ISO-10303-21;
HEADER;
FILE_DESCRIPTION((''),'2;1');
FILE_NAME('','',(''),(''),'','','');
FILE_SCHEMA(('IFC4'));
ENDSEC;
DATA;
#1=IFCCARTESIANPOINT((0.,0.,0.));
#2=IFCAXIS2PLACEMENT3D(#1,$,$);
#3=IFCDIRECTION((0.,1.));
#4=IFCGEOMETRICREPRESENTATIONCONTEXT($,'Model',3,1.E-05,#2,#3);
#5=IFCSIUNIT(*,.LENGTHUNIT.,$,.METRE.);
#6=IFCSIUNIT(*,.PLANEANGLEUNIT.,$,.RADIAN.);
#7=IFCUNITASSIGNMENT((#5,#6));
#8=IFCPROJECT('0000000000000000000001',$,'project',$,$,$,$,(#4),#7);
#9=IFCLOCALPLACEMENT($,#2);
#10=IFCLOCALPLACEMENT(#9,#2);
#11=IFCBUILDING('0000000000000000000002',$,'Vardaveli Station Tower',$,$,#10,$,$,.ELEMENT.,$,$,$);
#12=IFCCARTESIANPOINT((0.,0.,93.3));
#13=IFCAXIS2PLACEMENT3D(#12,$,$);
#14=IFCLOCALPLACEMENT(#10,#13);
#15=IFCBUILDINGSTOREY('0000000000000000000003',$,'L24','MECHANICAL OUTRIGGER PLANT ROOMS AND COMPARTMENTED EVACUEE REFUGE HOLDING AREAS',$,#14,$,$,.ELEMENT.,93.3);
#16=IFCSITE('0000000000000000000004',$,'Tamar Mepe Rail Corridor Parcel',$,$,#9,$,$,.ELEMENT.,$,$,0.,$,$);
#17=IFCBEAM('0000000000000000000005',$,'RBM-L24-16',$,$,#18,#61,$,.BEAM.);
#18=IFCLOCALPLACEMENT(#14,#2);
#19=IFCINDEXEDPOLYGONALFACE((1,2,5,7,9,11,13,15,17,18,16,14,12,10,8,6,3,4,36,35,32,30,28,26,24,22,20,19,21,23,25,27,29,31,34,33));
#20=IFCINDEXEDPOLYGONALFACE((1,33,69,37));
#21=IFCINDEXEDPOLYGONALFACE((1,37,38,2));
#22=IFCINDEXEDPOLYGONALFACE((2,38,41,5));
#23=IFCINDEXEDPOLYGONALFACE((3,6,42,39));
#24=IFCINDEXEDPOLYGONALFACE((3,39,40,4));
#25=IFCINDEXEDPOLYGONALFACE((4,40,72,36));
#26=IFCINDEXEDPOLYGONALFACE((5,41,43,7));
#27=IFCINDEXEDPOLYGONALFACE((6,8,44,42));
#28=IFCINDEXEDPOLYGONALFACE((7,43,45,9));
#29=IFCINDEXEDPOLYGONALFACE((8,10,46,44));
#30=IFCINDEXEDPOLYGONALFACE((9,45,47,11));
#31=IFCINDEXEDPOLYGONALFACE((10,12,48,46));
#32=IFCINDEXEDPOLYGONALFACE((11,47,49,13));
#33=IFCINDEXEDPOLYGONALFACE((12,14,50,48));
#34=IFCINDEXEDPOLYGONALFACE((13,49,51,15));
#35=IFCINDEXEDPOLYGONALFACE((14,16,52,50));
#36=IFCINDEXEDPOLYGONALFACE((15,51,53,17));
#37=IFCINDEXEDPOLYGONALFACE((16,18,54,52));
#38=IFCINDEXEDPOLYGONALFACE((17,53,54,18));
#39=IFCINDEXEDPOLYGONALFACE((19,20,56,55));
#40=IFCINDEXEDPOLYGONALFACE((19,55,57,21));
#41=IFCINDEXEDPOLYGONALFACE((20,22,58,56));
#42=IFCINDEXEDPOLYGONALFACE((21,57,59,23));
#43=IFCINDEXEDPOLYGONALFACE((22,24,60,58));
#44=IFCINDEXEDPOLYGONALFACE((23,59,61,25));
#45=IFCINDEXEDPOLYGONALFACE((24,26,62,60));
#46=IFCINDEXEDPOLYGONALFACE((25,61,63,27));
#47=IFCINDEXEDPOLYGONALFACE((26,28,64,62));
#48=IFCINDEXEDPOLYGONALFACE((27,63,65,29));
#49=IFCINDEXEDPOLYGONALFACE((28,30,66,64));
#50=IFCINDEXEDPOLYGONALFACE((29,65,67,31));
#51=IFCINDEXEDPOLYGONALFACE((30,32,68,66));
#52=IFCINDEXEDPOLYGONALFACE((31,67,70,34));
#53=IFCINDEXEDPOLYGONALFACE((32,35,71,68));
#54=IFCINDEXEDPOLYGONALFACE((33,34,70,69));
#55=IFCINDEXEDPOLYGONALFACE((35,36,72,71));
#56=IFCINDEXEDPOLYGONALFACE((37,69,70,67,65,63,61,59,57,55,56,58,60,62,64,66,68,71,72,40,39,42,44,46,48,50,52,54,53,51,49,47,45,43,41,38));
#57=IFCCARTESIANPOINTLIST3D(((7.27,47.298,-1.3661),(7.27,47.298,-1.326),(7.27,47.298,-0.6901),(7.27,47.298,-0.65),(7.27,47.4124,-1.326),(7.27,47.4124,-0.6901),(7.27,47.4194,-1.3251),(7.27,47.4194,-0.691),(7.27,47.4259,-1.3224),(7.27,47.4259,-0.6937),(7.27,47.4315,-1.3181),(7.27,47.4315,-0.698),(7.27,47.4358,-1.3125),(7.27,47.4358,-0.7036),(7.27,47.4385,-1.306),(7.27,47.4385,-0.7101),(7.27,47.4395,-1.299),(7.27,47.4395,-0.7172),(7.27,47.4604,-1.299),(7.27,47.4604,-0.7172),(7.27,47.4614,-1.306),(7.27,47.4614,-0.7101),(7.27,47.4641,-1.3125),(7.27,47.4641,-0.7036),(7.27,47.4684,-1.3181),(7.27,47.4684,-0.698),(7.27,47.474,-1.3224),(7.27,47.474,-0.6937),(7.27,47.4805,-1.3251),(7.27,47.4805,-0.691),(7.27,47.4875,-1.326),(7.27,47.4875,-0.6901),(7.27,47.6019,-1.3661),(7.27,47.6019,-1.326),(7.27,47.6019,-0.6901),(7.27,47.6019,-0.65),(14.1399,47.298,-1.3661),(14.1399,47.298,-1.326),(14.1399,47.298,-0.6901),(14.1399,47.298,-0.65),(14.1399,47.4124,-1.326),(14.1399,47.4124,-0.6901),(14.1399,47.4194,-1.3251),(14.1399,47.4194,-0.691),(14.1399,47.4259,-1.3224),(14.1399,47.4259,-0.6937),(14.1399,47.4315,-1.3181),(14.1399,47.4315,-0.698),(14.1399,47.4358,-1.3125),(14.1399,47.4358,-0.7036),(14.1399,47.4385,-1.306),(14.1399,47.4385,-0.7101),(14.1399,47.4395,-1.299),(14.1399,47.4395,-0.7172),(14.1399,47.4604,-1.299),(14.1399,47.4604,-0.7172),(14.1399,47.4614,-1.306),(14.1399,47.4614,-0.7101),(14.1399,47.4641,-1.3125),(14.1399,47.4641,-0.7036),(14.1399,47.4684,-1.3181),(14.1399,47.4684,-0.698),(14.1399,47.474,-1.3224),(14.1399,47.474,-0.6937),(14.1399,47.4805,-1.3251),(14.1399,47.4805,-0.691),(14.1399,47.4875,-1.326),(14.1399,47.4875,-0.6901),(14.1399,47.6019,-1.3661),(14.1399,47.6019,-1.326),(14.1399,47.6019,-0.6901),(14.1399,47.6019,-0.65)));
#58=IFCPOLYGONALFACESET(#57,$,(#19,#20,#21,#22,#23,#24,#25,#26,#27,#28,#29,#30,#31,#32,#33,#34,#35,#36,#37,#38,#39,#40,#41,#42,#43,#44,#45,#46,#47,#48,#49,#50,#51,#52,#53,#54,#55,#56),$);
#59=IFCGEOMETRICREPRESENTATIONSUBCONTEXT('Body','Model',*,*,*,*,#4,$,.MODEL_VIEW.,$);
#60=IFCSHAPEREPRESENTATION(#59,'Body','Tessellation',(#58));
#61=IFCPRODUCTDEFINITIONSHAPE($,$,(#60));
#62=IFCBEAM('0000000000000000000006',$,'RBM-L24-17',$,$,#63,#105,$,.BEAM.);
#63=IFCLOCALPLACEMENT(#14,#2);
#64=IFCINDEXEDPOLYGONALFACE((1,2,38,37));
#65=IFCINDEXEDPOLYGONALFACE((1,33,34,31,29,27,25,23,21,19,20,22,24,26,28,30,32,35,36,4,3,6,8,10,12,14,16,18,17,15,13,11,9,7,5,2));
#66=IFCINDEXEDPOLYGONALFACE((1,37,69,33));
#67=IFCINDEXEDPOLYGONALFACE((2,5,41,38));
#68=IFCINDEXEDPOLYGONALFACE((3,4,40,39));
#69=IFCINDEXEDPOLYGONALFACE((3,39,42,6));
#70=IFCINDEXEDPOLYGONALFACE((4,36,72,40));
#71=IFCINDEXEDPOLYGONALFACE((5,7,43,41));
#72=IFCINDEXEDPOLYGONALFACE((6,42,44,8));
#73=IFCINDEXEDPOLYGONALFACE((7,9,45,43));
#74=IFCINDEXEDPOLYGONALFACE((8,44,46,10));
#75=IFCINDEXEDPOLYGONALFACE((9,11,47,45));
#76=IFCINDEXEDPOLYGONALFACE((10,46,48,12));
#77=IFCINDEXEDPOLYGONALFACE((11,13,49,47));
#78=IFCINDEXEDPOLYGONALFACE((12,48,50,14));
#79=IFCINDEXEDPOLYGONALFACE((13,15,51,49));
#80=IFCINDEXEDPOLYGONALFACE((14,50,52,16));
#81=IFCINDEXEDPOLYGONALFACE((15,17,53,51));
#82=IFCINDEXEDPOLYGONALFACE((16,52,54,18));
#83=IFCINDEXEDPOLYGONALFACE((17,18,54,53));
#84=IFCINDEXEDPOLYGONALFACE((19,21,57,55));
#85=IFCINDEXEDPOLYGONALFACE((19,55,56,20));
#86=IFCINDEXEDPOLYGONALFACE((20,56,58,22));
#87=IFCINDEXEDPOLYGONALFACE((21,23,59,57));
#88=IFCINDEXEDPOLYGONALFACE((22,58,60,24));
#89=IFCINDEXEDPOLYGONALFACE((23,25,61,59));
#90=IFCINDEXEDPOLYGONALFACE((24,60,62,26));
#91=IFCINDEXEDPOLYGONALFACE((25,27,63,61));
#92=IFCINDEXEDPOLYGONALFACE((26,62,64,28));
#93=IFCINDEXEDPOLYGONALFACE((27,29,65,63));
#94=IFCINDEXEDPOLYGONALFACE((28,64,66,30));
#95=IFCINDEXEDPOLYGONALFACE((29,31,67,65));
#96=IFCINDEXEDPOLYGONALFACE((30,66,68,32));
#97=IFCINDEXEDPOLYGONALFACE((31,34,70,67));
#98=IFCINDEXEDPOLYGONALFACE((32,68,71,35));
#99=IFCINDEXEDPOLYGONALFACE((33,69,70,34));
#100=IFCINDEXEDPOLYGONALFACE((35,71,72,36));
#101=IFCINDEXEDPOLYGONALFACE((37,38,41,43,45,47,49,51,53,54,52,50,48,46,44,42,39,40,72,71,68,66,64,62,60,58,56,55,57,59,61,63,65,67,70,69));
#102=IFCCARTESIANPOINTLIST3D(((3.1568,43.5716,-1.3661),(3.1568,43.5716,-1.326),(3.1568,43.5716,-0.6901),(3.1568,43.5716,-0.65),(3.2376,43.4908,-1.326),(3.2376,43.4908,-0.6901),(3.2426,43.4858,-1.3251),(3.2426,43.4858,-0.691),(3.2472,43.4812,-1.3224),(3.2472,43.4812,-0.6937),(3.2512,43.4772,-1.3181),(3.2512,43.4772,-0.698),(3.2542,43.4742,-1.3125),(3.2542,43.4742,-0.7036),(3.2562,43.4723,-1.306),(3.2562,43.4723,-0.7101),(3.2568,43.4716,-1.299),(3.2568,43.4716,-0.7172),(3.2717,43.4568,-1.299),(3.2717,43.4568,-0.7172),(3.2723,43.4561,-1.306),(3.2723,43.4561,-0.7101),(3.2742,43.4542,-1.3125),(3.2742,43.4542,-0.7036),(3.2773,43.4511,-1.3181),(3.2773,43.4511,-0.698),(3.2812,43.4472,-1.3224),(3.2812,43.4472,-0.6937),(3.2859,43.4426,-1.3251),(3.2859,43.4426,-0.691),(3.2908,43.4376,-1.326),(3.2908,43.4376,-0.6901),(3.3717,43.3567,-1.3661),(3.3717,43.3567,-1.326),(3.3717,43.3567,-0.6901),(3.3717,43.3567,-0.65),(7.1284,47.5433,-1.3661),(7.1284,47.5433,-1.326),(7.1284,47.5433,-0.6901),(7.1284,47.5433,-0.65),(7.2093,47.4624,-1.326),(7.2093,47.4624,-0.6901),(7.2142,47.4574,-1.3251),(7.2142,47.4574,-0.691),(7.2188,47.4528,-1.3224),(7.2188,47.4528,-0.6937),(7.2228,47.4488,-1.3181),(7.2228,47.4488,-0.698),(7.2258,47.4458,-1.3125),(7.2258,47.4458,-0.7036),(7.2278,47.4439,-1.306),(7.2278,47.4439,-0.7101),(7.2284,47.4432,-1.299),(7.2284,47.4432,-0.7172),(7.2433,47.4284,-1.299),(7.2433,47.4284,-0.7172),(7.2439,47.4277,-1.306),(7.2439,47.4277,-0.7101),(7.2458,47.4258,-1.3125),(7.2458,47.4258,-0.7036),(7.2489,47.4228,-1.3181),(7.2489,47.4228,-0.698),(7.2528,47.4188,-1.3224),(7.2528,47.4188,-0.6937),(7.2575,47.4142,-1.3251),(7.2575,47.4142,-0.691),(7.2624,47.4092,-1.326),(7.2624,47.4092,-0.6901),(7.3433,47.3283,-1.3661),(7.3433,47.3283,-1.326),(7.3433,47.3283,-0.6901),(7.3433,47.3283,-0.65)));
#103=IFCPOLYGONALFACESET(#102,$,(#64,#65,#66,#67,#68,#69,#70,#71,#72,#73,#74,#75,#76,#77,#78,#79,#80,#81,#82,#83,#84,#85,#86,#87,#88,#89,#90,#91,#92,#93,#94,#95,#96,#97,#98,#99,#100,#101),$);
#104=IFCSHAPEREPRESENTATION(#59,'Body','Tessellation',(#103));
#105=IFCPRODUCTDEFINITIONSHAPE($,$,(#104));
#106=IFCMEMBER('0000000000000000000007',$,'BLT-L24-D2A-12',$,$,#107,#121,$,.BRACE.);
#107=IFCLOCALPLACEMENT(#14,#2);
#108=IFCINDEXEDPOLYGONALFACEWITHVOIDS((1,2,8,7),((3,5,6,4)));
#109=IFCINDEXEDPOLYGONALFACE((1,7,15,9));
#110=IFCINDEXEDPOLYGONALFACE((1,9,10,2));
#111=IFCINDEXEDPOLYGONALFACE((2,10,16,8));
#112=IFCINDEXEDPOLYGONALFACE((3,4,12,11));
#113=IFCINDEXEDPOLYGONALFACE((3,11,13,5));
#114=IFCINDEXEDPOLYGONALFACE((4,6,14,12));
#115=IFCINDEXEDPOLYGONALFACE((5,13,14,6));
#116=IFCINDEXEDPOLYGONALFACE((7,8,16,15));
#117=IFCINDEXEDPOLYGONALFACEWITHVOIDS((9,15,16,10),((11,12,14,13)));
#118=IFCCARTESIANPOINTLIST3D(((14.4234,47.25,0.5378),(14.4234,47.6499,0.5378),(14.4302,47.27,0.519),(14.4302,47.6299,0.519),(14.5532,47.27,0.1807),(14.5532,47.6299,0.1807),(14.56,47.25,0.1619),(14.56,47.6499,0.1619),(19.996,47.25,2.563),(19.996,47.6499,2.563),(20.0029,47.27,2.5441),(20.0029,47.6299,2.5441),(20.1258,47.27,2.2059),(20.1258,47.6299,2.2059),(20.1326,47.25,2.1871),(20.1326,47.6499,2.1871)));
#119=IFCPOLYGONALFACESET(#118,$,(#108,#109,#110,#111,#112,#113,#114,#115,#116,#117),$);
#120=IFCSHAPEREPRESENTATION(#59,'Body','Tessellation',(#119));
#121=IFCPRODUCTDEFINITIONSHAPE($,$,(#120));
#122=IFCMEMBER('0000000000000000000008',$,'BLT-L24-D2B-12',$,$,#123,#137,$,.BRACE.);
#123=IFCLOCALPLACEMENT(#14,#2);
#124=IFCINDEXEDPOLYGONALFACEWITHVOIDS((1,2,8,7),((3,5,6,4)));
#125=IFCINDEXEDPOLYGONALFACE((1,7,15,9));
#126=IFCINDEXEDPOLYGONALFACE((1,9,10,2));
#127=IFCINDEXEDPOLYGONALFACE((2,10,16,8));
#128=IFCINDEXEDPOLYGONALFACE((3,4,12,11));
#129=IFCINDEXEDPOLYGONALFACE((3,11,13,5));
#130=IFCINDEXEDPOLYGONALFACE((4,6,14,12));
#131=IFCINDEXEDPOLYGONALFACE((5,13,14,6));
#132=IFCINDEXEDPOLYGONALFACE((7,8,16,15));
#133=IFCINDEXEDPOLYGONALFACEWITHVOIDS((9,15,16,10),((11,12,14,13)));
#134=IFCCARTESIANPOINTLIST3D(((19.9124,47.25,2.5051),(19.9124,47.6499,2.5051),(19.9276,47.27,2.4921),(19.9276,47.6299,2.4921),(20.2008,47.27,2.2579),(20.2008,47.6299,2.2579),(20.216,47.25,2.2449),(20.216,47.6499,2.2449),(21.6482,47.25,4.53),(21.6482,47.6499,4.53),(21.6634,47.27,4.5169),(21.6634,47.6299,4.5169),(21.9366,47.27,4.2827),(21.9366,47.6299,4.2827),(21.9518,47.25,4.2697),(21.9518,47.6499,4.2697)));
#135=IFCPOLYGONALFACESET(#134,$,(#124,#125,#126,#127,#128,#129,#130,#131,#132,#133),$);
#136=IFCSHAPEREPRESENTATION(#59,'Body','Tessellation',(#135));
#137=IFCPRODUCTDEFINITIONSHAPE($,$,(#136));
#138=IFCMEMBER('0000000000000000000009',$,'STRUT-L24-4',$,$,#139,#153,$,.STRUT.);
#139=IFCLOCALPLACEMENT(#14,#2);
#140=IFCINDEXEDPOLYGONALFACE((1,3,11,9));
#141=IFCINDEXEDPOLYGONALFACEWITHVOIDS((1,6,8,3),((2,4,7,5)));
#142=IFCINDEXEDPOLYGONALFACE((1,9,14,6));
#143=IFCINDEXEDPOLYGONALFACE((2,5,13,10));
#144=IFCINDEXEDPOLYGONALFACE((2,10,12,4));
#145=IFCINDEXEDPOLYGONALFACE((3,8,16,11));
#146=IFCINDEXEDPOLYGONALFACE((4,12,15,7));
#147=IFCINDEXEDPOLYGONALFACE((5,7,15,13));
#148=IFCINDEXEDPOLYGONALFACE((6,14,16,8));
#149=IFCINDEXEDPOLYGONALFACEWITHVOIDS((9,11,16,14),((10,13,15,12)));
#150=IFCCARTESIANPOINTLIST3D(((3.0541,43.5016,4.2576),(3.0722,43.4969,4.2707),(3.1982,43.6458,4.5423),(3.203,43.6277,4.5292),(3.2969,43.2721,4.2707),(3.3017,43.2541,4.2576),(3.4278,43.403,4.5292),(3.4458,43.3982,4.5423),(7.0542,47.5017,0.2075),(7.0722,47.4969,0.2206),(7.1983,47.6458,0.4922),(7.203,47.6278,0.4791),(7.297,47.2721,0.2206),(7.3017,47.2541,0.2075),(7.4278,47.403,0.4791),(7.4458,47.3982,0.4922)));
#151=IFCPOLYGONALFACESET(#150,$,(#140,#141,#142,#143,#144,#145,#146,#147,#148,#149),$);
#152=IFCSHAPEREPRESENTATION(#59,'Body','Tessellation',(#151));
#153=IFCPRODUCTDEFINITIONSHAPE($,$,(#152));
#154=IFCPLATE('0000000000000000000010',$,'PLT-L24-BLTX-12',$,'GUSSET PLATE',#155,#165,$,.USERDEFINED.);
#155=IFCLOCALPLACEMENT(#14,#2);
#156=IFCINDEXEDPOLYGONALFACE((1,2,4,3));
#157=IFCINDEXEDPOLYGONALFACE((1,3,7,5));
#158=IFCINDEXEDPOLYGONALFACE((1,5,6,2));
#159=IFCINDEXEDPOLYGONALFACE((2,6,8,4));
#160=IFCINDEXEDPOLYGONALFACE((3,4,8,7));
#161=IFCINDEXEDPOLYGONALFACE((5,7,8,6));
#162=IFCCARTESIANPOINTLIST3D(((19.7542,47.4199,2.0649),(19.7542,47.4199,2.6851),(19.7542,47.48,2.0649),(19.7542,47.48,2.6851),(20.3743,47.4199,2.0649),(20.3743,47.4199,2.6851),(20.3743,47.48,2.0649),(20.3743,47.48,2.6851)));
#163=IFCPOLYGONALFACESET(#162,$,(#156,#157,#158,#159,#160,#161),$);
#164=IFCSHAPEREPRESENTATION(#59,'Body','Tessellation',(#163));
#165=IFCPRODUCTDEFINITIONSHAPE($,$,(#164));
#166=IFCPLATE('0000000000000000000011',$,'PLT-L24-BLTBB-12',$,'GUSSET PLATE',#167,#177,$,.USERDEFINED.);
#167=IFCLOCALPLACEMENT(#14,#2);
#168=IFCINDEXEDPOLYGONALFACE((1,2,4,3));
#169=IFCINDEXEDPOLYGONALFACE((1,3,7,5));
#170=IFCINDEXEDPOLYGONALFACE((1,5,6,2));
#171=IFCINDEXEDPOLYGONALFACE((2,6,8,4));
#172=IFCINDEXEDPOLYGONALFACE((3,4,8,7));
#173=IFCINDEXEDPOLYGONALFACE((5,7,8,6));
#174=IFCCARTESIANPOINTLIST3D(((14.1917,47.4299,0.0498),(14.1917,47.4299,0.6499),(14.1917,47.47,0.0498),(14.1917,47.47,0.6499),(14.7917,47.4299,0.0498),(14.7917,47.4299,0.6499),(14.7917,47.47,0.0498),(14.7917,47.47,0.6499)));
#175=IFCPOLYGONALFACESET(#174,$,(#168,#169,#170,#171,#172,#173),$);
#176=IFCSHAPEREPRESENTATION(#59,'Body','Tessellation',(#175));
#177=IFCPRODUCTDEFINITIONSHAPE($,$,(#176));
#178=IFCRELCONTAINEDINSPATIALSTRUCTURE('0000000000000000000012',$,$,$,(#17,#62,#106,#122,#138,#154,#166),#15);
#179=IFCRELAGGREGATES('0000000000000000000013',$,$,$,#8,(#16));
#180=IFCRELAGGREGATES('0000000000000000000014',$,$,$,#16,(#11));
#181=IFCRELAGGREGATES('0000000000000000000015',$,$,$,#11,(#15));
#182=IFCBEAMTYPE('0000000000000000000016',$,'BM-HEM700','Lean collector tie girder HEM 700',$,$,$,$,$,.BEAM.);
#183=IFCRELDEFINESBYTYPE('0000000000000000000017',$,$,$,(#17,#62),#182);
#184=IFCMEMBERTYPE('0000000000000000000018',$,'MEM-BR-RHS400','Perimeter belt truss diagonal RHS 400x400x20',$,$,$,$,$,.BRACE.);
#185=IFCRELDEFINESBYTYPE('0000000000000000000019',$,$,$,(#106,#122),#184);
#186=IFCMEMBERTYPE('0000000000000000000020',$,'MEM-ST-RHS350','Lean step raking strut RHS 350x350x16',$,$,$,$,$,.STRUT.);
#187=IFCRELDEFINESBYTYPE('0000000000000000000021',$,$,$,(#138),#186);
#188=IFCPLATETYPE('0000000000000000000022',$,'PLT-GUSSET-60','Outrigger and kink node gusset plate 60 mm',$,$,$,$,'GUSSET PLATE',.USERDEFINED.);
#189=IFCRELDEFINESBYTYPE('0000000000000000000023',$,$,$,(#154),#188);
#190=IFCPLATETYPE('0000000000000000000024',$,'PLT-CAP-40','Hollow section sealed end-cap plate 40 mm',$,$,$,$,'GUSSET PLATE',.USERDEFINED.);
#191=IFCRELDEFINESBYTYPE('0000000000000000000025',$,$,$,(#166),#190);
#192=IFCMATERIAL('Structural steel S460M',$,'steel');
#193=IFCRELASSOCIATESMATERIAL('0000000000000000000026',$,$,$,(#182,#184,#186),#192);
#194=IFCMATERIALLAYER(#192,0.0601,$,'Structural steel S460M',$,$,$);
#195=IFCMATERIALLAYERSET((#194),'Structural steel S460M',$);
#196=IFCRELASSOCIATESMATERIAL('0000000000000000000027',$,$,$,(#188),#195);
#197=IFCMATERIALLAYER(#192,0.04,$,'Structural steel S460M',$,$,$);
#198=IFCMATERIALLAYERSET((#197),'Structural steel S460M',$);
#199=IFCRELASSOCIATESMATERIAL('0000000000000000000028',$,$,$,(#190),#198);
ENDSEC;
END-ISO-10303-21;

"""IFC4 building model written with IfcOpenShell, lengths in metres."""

from ifc_helpers import new_model, si_unit, direction, frame, origin, origin_2d, place, context, subcontext, project, spatial, rectangle, hollow_rectangle, i_section, extrude, source, transform, mapped, material, layer, layer_set, material_profile, profile_set, type_object, element, save


model = new_model("IFC4")

# Units and contexts
model_context = context("Model", 3, precision=1e-05, world=origin(), true_north=direction((0.0, 1.0)))
body_context = subcontext(model_context, "Body", "Model", "MODEL_VIEW")
ifc_project = project(units=[si_unit("LENGTHUNIT", "METRE"), si_unit("PLANEANGLEUNIT", "RADIAN")], contexts=[model_context])

# Site, building, storey
site_placement = place(None, origin())
site = spatial("IfcSite", under=ifc_project, at=site_placement, Name="Tamar Mepe Rail Corridor Parcel", CompositionType="ELEMENT", RefElevation=0.0)
building_placement = place(site_placement, origin())
building = spatial("IfcBuilding", under=site, at=building_placement, Name="Vardaveli Station Tower", CompositionType="ELEMENT")
storey_placement = place(building_placement, frame((0.0, 0.0, 93.3)))
storey = spatial("IfcBuildingStorey", under=building, at=storey_placement, Name="L24", Description="MECHANICAL OUTRIGGER PLANT ROOMS AND COMPARTMENTED EVACUEE REFUGE HOLDING AREAS", CompositionType="ELEMENT", Elevation=93.3)

# Shared definitions
ifc_material_1 = material(Name="Structural steel S460M", Category="steel")

# Beams
ifc_material_profile_1 = material_profile(ifc_material_1, i_section(OverallWidth=0.304, OverallDepth=0.7161, WebThickness=0.021, FlangeThickness=0.04, FilletRadius=0.0271, at=origin_2d()), Name="HEM 700")
ifc_profile_set_1 = profile_set([ifc_material_profile_1], Name="Structural steel S460M")
beam_type = type_object("IfcBeamType", Name="BM-HEM700", Description="Lean collector tie girder HEM 700", PredefinedType="BEAM", material=ifc_profile_set_1)
shared_shape_1 = source(origin(), body_context, "Body", "SweptSolid", [
    extrude(i_section(OverallWidth=0.304, OverallDepth=0.7161, WebThickness=0.021, FlangeThickness=0.04, FilletRadius=0.0271, at=origin_2d()), origin(), (0.0, 0.0, 1.0), 6.8699),
])
beam_1_placement = place(storey_placement, frame((14.1399, 47.45, -1.0081), z_axis=(-1.0, 0.0, 0.0), x_axis=(0.0, -1.0, 0.0)))
element("IfcBeam", 1, at=beam_1_placement, inside=storey, type_object=beam_type, Name="RBM-L24-16", PredefinedType="BEAM", context=body_context, shape_type="MappedRepresentation", body=[
    mapped(shared_shape_1, transform((0.0, 0.0, 0.0), scale=1.0)),
])
shared_shape_2 = source(origin(), body_context, "Body", "SweptSolid", [
    extrude(i_section(OverallWidth=0.304, OverallDepth=0.7161, WebThickness=0.021, FlangeThickness=0.04, FilletRadius=0.0271, at=origin_2d()), origin(), (0.0, 0.0, 1.0), 5.6167),
])
beam_2_placement = place(storey_placement, frame((7.2358, 47.4358, -1.0081), z_axis=(-0.707107, -0.707107, 0.0), x_axis=(0.707107, -0.707107, 0.0)))
element("IfcBeam", 2, at=beam_2_placement, inside=storey, type_object=beam_type, Name="RBM-L24-17", PredefinedType="BEAM", context=body_context, shape_type="MappedRepresentation", body=[
    mapped(shared_shape_2, transform((0.0, 0.0, 0.0), scale=1.0)),
])

# Members
ifc_material_profile_2 = material_profile(ifc_material_1, hollow_rectangle(XDim=0.3999, YDim=0.3999, WallThickness=0.02, at=origin_2d()), Name="RHS 400x400x20")
ifc_profile_set_2 = profile_set([ifc_material_profile_2], Name="Structural steel S460M")
member_type_1 = type_object("IfcMemberType", Name="MEM-BR-RHS400", Description="Perimeter belt truss diagonal RHS 400x400x20", PredefinedType="BRACE", material=ifc_profile_set_2)
shared_shape_3 = source(origin(), body_context, "Body", "SweptSolid", [
    extrude(hollow_rectangle(XDim=0.3999, YDim=0.3999, WallThickness=0.02, at=origin_2d()), origin(), (0.0, 0.0, 1.0), 5.9292),
])
member_1_placement = place(storey_placement, frame((14.4917, 47.45, 0.3499), z_axis=(0.93986, 0.0, 0.341561), x_axis=(0.0, 1.0, 0.0)))
element("IfcMember", 3, at=member_1_placement, inside=storey, type_object=member_type_1, Name="BLT-L24-D2A-12", PredefinedType="BRACE", context=body_context, shape_type="MappedRepresentation", body=[
    mapped(shared_shape_3, transform((0.0, 0.0, 0.0), scale=1.0)),
])
shared_shape_4 = source(origin(), body_context, "Body", "SweptSolid", [
    extrude(hollow_rectangle(XDim=0.3999, YDim=0.3999, WallThickness=0.02, at=origin_2d()), origin(), (0.0, 0.0, 1.0), 2.667),
])
member_2_placement = place(storey_placement, frame((20.0642, 47.45, 2.375), z_axis=(0.650837, 0.0, 0.759218), x_axis=(0.0, 1.0, 0.0)))
element("IfcMember", 4, at=member_2_placement, inside=storey, type_object=member_type_1, Name="BLT-L24-D2B-12", PredefinedType="BRACE", context=body_context, shape_type="MappedRepresentation", body=[
    mapped(shared_shape_4, transform((0.0, 0.0, 0.0), scale=1.0)),
])
ifc_material_profile_3 = material_profile(ifc_material_1, hollow_rectangle(XDim=0.3501, YDim=0.3501, WallThickness=0.0161, at=origin_2d()), Name="RHS 350x350x16")
ifc_profile_set_3 = profile_set([ifc_material_profile_3], Name="Structural steel S460M")
member_type_2 = type_object("IfcMemberType", Name="MEM-ST-RHS350", Description="Lean step raking strut RHS 350x350x16", PredefinedType="STRUT", material=ifc_profile_set_3)
shared_shape_5 = source(origin(), body_context, "Body", "SweptSolid", [
    extrude(hollow_rectangle(XDim=0.3501, YDim=0.3501, WallThickness=0.0161, at=origin_2d()), origin(), (0.0, 0.0, 1.0), 6.9573),
])
member_3_placement = place(storey_placement, frame((7.25, 47.45, 0.3499), z_axis=(-0.574942, -0.574942, 0.582136), x_axis=(0.707107, -0.707107, 0.0)))
element("IfcMember", 5, at=member_3_placement, inside=storey, type_object=member_type_2, Name="STRUT-L24-4", PredefinedType="STRUT", context=body_context, shape_type="MappedRepresentation", body=[
    mapped(shared_shape_5, transform((0.0, 0.0, 0.0), scale=1.0)),
])

# Plates
ifc_layer_1 = layer(ifc_material_1, 0.0601, Name="Structural steel S460M")
ifc_layer_set_1 = layer_set([ifc_layer_1], Name="Structural steel S460M")
plate_type_1 = type_object("IfcPlateType", Name="PLT-GUSSET-60", Description="Outrigger and kink node gusset plate 60 mm", ElementType="GUSSET PLATE", PredefinedType="USERDEFINED", material=ifc_layer_set_1)
shared_shape_6 = source(origin(), body_context, "Body", "SweptSolid", [
    extrude(rectangle(XDim=0.6201, YDim=0.0601, at=origin_2d()), origin(), (0.0, 0.0, 1.0), 0.6201),
])
plate_1_placement = place(storey_placement, frame((20.0642, 47.45, 2.0649), z_axis=(0.0, 0.0, 1.0), x_axis=(-1.0, 0.0, 0.0)))
element("IfcPlate", 6, at=plate_1_placement, inside=storey, type_object=plate_type_1, Name="PLT-L24-BLTX-12", ObjectType="GUSSET PLATE", PredefinedType="USERDEFINED", context=body_context, shape_type="MappedRepresentation", body=[
    mapped(shared_shape_6, transform((0.0, 0.0, 0.0), scale=1.0)),
])
ifc_layer_2 = layer(ifc_material_1, 0.04, Name="Structural steel S460M")
ifc_layer_set_2 = layer_set([ifc_layer_2], Name="Structural steel S460M")
plate_type_2 = type_object("IfcPlateType", Name="PLT-CAP-40", Description="Hollow section sealed end-cap plate 40 mm", ElementType="GUSSET PLATE", PredefinedType="USERDEFINED", material=ifc_layer_set_2)
shared_shape_7 = source(origin(), body_context, "Body", "SweptSolid", [
    extrude(rectangle(XDim=0.6001, YDim=0.04, at=origin_2d()), origin(), (0.0, 0.0, 1.0), 0.6001),
])
for number, where, z_axis, x_axis, name in (
    (7, (14.4917, 47.45, 0.0498), (0.0, 0.0, 1.0), (-1.0, 0.0, 0.0), "PLT-L24-BLTBB-12"),
):
    element("IfcPlate", number, at=place(storey_placement, frame(where, z_axis=z_axis, x_axis=x_axis)), inside=storey, type_object=plate_type_2, Name=name, ObjectType="GUSSET PLATE", PredefinedType="USERDEFINED", context=body_context, shape_type="MappedRepresentation", body=[
        mapped(shared_shape_7, transform((0.0, 0.0, 0.0), scale=1.0)),
    ])

save(model, "model.ifc")
